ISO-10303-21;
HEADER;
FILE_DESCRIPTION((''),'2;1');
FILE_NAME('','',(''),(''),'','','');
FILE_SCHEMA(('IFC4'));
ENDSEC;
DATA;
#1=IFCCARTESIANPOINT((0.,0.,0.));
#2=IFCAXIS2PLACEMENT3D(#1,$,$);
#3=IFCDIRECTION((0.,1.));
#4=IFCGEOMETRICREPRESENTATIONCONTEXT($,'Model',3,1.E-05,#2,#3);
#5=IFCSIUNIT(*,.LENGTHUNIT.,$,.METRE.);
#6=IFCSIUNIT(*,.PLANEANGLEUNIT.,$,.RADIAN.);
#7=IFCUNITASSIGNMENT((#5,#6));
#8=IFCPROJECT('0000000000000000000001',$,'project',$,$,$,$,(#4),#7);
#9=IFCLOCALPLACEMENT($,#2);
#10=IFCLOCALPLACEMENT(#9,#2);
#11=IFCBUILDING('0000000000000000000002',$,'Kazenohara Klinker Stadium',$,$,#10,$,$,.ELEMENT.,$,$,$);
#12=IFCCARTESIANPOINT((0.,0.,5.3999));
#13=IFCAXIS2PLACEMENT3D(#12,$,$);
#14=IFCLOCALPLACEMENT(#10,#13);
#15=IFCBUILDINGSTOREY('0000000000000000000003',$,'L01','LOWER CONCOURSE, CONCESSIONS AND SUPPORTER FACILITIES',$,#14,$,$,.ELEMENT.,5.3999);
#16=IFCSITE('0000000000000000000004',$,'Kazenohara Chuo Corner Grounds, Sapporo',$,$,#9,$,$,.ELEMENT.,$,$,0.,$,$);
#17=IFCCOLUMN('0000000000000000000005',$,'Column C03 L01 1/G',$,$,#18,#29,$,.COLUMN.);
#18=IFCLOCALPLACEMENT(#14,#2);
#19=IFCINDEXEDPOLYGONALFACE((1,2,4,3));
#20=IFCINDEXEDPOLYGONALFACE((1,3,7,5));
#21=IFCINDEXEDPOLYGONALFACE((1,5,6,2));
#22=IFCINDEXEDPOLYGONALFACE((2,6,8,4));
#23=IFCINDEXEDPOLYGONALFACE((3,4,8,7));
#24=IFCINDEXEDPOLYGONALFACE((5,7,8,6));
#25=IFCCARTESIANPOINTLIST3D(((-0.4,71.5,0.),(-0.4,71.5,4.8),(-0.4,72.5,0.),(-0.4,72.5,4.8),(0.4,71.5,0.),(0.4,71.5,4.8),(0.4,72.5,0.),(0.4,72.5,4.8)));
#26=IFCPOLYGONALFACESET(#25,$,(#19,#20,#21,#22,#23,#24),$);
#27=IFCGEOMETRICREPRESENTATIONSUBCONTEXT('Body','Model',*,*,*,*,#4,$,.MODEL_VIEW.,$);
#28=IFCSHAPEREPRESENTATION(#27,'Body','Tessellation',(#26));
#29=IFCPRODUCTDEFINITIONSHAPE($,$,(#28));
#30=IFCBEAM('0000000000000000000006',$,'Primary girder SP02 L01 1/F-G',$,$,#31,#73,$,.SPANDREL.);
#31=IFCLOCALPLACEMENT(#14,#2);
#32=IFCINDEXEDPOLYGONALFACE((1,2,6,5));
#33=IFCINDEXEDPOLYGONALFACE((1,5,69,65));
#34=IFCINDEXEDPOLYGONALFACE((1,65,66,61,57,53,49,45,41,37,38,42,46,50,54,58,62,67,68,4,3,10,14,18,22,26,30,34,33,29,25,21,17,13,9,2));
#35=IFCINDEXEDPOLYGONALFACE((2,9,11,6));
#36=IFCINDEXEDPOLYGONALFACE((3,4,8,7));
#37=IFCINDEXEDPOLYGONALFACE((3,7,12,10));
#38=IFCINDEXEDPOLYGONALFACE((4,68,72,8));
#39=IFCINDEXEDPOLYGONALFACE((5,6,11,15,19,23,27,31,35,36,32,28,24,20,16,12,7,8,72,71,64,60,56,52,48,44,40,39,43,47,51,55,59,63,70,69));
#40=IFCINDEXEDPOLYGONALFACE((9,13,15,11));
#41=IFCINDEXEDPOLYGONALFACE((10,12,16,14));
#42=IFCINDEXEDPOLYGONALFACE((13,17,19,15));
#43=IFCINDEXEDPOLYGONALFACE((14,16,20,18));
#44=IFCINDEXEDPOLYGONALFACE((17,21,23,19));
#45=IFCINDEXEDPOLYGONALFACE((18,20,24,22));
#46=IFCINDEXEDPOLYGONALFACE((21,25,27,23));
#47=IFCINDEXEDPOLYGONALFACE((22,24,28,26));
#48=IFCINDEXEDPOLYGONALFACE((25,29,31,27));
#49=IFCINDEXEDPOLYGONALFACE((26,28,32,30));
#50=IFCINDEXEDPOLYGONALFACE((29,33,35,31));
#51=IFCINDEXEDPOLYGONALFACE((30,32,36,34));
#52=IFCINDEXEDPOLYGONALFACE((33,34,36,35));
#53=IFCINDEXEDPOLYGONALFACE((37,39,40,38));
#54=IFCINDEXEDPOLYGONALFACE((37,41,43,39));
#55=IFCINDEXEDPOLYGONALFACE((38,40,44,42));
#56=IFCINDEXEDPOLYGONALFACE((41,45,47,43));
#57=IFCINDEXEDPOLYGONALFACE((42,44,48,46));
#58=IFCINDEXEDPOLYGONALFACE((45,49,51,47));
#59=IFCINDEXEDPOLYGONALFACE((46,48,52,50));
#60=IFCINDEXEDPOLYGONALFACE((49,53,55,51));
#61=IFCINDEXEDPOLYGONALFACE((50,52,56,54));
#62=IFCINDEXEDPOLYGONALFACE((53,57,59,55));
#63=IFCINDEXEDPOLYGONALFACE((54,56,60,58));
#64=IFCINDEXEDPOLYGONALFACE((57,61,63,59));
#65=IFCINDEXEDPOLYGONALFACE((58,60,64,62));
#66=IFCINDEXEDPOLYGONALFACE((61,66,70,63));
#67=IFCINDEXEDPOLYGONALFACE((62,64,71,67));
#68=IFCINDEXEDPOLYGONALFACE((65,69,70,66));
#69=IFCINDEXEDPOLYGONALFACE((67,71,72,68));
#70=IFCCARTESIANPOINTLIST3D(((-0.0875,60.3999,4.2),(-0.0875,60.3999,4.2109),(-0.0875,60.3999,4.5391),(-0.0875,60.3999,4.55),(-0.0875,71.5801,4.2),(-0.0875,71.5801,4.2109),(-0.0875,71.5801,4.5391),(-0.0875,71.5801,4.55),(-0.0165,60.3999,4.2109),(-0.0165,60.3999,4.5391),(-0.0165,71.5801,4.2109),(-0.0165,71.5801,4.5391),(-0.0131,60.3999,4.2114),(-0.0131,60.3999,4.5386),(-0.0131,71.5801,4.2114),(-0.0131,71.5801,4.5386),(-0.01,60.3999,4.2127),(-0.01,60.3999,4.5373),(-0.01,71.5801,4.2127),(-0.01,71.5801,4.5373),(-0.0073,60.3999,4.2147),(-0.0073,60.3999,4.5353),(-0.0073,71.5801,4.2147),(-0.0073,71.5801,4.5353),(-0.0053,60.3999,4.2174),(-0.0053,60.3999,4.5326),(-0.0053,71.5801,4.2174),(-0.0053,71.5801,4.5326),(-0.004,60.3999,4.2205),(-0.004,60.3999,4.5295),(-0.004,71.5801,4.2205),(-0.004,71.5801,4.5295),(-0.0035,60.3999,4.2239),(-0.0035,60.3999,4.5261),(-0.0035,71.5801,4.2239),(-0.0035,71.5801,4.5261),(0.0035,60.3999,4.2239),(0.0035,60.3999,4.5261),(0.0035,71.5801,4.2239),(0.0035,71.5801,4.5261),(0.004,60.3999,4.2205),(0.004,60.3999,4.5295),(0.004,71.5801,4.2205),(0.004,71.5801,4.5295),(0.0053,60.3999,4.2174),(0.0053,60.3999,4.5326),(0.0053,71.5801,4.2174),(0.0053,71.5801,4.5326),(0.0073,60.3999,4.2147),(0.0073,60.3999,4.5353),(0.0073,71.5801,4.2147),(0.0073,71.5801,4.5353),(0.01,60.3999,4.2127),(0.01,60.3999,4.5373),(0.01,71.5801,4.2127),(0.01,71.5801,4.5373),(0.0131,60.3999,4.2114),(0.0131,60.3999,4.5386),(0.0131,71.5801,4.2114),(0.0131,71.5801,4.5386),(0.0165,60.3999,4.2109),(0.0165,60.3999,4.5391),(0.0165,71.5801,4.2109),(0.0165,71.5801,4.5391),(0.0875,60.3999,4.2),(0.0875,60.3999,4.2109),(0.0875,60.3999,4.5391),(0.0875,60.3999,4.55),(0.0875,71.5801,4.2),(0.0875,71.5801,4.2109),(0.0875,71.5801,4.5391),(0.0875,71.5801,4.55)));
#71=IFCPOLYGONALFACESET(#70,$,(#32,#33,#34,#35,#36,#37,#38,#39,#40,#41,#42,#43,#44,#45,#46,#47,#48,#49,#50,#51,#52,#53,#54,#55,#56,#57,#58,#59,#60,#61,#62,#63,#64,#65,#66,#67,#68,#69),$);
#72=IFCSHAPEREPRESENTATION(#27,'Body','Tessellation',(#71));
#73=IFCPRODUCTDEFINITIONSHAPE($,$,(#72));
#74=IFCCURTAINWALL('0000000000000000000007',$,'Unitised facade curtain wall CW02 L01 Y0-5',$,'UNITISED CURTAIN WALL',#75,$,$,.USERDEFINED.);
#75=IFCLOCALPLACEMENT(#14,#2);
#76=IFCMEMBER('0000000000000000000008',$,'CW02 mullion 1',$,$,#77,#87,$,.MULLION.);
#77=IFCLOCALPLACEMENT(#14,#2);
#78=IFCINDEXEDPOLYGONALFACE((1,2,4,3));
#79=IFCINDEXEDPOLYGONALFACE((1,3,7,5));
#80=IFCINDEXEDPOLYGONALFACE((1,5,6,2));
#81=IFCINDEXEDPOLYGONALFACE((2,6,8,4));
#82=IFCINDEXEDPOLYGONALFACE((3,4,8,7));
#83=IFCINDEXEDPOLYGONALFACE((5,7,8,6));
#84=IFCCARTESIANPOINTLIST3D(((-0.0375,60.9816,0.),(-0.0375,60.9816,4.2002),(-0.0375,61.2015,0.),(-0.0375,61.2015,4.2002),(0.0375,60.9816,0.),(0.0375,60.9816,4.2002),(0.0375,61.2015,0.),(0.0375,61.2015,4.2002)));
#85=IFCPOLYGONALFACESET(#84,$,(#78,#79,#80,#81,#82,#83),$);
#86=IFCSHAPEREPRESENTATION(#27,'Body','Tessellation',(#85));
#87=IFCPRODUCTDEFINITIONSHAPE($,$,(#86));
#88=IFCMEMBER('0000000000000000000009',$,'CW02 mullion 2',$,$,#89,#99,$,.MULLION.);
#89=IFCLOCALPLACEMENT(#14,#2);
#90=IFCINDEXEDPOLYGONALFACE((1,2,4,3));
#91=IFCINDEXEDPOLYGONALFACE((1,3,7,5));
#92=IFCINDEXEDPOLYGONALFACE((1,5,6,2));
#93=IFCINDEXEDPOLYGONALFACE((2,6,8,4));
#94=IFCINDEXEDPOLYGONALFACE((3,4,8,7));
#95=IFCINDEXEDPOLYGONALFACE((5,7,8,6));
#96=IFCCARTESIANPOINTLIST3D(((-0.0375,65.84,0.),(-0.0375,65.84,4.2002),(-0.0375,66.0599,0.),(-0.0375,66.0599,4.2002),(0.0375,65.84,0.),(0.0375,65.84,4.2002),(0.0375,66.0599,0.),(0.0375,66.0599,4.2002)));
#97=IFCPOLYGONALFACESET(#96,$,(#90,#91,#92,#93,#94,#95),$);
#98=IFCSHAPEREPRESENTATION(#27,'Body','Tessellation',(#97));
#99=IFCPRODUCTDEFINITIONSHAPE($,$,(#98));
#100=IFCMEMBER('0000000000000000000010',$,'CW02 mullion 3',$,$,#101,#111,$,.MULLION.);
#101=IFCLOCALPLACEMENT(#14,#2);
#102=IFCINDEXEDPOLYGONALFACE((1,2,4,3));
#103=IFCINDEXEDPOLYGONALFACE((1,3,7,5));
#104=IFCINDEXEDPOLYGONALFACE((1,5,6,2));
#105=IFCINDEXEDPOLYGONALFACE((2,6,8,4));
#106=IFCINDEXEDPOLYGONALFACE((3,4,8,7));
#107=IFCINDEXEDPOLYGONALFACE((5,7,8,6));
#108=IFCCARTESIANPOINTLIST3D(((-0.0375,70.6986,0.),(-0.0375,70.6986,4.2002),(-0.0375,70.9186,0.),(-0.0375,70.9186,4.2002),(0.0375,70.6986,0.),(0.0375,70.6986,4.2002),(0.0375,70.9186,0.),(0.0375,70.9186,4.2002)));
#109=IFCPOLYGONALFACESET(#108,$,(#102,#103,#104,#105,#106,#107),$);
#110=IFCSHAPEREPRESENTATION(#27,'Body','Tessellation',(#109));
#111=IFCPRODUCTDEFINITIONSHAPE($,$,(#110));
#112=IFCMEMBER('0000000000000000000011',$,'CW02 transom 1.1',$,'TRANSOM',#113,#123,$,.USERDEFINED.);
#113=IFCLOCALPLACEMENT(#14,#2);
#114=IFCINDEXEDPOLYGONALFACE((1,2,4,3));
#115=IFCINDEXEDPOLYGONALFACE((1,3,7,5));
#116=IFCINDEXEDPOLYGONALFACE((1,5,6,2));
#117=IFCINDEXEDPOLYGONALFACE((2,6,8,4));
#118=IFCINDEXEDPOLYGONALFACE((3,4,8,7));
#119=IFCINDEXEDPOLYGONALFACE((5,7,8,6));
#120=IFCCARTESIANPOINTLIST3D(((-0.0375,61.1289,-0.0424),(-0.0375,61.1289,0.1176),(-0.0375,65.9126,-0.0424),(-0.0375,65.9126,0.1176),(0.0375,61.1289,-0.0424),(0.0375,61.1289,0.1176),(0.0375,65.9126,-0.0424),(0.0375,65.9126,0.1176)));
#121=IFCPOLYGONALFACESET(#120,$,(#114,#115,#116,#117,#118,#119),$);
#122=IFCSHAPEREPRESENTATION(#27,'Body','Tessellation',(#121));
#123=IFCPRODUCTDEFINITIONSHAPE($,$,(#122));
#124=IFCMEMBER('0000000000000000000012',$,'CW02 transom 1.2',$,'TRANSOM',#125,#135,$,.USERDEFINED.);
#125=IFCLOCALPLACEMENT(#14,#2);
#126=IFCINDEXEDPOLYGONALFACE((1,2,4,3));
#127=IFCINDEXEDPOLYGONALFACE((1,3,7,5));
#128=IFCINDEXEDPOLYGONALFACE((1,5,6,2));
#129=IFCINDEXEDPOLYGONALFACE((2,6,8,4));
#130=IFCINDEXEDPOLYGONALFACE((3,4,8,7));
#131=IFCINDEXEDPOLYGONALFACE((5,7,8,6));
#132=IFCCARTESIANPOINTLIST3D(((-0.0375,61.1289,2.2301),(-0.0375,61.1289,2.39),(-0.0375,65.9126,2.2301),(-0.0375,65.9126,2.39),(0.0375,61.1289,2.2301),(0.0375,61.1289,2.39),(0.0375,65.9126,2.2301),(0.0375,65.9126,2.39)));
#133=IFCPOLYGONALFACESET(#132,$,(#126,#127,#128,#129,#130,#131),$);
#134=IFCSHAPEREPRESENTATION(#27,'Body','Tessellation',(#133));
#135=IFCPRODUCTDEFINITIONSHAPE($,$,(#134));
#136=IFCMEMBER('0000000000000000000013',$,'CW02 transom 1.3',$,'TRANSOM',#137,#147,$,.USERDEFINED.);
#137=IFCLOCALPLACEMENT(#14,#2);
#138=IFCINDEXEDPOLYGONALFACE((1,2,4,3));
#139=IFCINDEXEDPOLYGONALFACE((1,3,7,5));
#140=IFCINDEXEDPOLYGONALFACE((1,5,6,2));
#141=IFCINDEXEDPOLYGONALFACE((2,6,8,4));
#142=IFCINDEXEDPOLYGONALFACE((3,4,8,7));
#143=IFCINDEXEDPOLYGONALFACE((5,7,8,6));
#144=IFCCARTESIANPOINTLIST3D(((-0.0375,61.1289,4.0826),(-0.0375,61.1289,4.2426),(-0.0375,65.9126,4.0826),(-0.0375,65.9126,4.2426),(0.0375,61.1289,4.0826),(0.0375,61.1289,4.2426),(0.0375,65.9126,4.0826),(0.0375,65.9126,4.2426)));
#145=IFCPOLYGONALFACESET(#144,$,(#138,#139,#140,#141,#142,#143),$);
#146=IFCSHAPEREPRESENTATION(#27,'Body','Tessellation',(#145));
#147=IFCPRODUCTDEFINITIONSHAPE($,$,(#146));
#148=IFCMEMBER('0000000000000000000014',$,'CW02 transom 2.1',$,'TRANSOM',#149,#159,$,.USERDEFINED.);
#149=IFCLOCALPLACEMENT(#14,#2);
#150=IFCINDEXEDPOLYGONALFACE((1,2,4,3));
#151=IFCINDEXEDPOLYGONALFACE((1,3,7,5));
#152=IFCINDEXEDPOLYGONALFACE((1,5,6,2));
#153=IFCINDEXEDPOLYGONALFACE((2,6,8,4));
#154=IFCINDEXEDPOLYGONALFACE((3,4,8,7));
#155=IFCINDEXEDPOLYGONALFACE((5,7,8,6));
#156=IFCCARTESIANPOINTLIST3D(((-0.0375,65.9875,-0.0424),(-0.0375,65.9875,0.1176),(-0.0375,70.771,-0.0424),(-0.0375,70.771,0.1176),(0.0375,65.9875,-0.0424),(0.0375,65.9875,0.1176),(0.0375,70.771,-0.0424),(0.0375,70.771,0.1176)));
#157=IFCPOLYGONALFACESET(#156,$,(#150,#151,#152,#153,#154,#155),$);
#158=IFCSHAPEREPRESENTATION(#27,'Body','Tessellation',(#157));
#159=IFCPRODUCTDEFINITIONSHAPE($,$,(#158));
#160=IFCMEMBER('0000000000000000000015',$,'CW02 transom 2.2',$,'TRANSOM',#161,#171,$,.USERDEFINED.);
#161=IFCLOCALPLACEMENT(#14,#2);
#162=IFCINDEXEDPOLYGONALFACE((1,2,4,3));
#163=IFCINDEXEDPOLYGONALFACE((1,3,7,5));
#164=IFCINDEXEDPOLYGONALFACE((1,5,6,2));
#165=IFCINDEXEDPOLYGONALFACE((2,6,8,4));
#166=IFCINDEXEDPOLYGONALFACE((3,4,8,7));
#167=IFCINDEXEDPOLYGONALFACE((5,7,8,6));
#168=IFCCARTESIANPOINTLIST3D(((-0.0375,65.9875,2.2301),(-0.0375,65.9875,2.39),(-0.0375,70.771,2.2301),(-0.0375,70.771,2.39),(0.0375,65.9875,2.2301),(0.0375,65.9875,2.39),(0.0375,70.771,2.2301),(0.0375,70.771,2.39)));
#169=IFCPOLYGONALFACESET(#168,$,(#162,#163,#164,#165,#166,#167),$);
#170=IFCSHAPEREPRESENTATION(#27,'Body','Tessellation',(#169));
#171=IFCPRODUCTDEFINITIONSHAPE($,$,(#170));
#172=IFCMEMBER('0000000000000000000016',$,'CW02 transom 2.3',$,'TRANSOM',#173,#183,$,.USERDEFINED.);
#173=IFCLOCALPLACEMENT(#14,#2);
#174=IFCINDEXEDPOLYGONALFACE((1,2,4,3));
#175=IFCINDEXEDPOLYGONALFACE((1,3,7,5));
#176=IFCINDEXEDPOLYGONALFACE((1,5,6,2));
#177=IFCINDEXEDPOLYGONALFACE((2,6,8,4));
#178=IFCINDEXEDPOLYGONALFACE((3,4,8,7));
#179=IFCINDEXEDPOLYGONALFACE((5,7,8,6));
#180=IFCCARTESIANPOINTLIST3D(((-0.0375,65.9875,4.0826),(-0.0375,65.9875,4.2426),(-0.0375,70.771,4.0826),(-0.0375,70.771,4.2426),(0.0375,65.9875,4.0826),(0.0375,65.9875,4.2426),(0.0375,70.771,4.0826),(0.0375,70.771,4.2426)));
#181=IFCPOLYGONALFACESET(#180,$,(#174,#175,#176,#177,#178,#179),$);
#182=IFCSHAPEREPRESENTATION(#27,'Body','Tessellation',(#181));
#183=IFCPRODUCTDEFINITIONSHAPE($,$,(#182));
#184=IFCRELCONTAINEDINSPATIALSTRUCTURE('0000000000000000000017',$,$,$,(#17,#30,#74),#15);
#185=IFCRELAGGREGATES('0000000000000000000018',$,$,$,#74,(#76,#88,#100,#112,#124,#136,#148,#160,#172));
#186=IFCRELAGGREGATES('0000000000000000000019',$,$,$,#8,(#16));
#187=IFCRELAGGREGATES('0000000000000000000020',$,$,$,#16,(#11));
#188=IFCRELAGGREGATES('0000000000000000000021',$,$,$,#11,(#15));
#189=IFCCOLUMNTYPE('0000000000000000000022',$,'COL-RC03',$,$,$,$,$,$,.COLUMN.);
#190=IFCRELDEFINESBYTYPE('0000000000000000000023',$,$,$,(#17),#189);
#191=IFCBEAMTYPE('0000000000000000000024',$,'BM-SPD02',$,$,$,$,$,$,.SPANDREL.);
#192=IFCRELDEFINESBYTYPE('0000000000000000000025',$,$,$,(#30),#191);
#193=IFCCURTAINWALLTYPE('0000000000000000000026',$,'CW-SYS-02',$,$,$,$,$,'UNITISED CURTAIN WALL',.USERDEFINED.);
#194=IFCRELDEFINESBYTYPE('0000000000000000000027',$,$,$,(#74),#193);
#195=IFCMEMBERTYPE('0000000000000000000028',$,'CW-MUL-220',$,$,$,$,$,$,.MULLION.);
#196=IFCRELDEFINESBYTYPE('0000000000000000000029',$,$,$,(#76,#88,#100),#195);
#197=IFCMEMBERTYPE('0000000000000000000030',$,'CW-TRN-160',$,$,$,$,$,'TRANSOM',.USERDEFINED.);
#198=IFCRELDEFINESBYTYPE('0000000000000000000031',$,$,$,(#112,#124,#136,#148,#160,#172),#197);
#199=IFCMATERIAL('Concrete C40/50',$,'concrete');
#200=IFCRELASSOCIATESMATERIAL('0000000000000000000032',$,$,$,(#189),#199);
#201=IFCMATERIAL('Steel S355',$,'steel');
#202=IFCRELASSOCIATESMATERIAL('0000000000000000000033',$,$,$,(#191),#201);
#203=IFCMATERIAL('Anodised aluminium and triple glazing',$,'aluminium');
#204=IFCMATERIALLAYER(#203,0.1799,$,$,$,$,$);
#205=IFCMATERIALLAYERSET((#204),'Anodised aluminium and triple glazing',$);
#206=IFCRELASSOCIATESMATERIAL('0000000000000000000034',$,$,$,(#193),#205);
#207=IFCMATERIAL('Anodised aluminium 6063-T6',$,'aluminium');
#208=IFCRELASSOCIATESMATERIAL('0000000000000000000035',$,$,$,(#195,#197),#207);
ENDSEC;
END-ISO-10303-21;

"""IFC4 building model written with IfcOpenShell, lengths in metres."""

from ifc_helpers import new_model, si_unit, direction, frame, origin, origin_2d, place, context, subcontext, project, spatial, rectangle, i_section, extrude, material, layer, layer_set, material_profile, profile_set, type_object, element, aggregate, save


model = new_model("IFC4")

# Units and contexts
model_context = context("Model", 3, precision=1e-05, world=origin(), true_north=direction((0.0, 1.0)))
body_context = subcontext(model_context, "Body", "Model", "MODEL_VIEW")
ifc_project = project(units=[si_unit("LENGTHUNIT", "METRE"), si_unit("PLANEANGLEUNIT", "RADIAN")], contexts=[model_context])

# Site, building, storey
site_placement = place(None, origin())
site = spatial("IfcSite", under=ifc_project, at=site_placement, Name="Kazenohara Chuo Corner Grounds, Sapporo", CompositionType="ELEMENT", RefElevation=0.0)
building_placement = place(site_placement, origin())
building = spatial("IfcBuilding", under=site, at=building_placement, Name="Kazenohara Klinker Stadium", CompositionType="ELEMENT")
storey_placement = place(building_placement, frame((0.0, 0.0, 5.3999)))
storey = spatial("IfcBuildingStorey", under=building, at=storey_placement, Name="L01", Description="LOWER CONCOURSE, CONCESSIONS AND SUPPORTER FACILITIES", CompositionType="ELEMENT", Elevation=5.3999)

# Column
ifc_material_1 = material(Name="Concrete C40/50", Category="concrete")
ifc_material_profile_1 = material_profile(ifc_material_1, rectangle(XDim=0.8, YDim=1.0, at=origin_2d()), Name="RC-COL-1000x800")
ifc_profile_set_1 = profile_set([ifc_material_profile_1], Name="Concrete C40/50")
column_type = type_object("IfcColumnType", Name="COL-RC03", PredefinedType="COLUMN", material=ifc_profile_set_1)
column_placement = place(storey_placement, frame((0.0, 72.0, 0.0), z_axis=(0.0, 0.0, 1.0), x_axis=(1.0, 0.0, 0.0)))
element("IfcColumn", 1, at=column_placement, inside=storey, type_object=column_type, Name="Column C03 L01 1/G", PredefinedType="COLUMN", context=body_context, shape_type="SweptSolid", body=[
    extrude(rectangle(XDim=0.8, YDim=1.0, at=origin_2d()), origin(), (0.0, 0.0, 1.0), 4.8),
])

# Beam
ifc_material_2 = material(Name="Steel S355", Category="steel")
ifc_material_profile_2 = material_profile(ifc_material_2, i_section(OverallWidth=0.175, OverallDepth=0.3501, WebThickness=0.0071, FlangeThickness=0.011, FilletRadius=0.0129, at=origin_2d()), Name="H-350x175x7x11")
ifc_profile_set_2 = profile_set([ifc_material_profile_2], Name="Steel S355")
beam_type = type_object("IfcBeamType", Name="BM-SPD02", PredefinedType="SPANDREL", material=ifc_profile_set_2)
beam_placement = place(storey_placement, frame((0.0, 60.3999, 4.375), z_axis=(0.0, 1.0, 0.0), x_axis=(-1.0, 0.0, 0.0)))
element("IfcBeam", 2, at=beam_placement, inside=storey, type_object=beam_type, Name="Primary girder SP02 L01 1/F-G", PredefinedType="SPANDREL", context=body_context, shape_type="SweptSolid", body=[
    extrude(i_section(OverallWidth=0.175, OverallDepth=0.3501, WebThickness=0.0071, FlangeThickness=0.011, FilletRadius=0.0129, at=origin_2d()), origin(), (0.0, 0.0, 1.0), 11.1802),
])

# Curtain wall, members
ifc_material_3 = material(Name="Anodised aluminium and triple glazing", Category="aluminium")
ifc_layer_1 = layer(ifc_material_3, 0.1799)
ifc_layer_set_1 = layer_set([ifc_layer_1], Name="Anodised aluminium and triple glazing")
curtain_wall_type = type_object("IfcCurtainWallType", Name="CW-SYS-02", ElementType="UNITISED CURTAIN WALL", PredefinedType="USERDEFINED", material=ifc_layer_set_1)
curtain_wall_placement = place(storey_placement, origin())
curtain_wall = element("IfcCurtainWall", 3, at=curtain_wall_placement, inside=storey, type_object=curtain_wall_type, Name="Unitised facade curtain wall CW02 L01 Y0-5", ObjectType="UNITISED CURTAIN WALL", PredefinedType="USERDEFINED")
ifc_material_4 = material(Name="Anodised aluminium 6063-T6", Category="aluminium")
ifc_material_profile_3 = material_profile(ifc_material_4, rectangle(XDim=0.075, YDim=0.22, at=origin_2d()), Name="ALU-MUL-75x220")
ifc_profile_set_3 = profile_set([ifc_material_profile_3], Name="Anodised aluminium 6063-T6")
member_type_1 = type_object("IfcMemberType", Name="CW-MUL-220", PredefinedType="MULLION", material=ifc_profile_set_3)
member_1_placement = place(storey_placement, frame((0.0, 61.0916, 0.0), z_axis=(0.0, 0.0, 1.0), x_axis=(-1.0, 0.0, 0.0)))
member_1 = element("IfcMember", 4, at=member_1_placement, type_object=member_type_1, Name="CW02 mullion 1", PredefinedType="MULLION", context=body_context, shape_type="SweptSolid", body=[
    extrude(rectangle(XDim=0.075, YDim=0.22, at=origin_2d()), origin(), (0.0, 0.0, 1.0), 4.2002),
])
member_2_placement = place(storey_placement, frame((0.0, 65.95, 0.0), z_axis=(0.0, 0.0, 1.0), x_axis=(-1.0, 0.0, 0.0)))
member_2 = element("IfcMember", 5, at=member_2_placement, type_object=member_type_1, Name="CW02 mullion 2", PredefinedType="MULLION", context=body_context, shape_type="SweptSolid", body=[
    extrude(rectangle(XDim=0.075, YDim=0.22, at=origin_2d()), origin(), (0.0, 0.0, 1.0), 4.2002),
])
member_3_placement = place(storey_placement, frame((0.0, 70.8086, 0.0), z_axis=(0.0, 0.0, 1.0), x_axis=(-1.0, 0.0, 0.0)))
member_3 = element("IfcMember", 6, at=member_3_placement, type_object=member_type_1, Name="CW02 mullion 3", PredefinedType="MULLION", context=body_context, shape_type="SweptSolid", body=[
    extrude(rectangle(XDim=0.075, YDim=0.22, at=origin_2d()), origin(), (0.0, 0.0, 1.0), 4.2002),
])
ifc_material_profile_4 = material_profile(ifc_material_4, rectangle(XDim=0.075, YDim=0.1599, at=origin_2d()), Name="ALU-TRN-75x160")
ifc_profile_set_4 = profile_set([ifc_material_profile_4], Name="Anodised aluminium 6063-T6")
member_type_2 = type_object("IfcMemberType", Name="CW-TRN-160", ElementType="TRANSOM", PredefinedType="USERDEFINED", material=ifc_profile_set_4)
member_4_placement = place(storey_placement, frame((0.0, 61.1289, 0.0376), z_axis=(0.0, 1.0, 0.0), x_axis=(-1.0, 0.0, 0.0)))
member_4 = element("IfcMember", 7, at=member_4_placement, type_object=member_type_2, Name="CW02 transom 1.1", ObjectType="TRANSOM", PredefinedType="USERDEFINED", context=body_context, shape_type="SweptSolid", body=[
    extrude(rectangle(XDim=0.075, YDim=0.1599, at=origin_2d()), origin(), (0.0, 0.0, 1.0), 4.7837),
])
member_5_placement = place(storey_placement, frame((0.0, 61.1289, 2.3101), z_axis=(0.0, 1.0, 0.0), x_axis=(-1.0, 0.0, 0.0)))
member_5 = element("IfcMember", 8, at=member_5_placement, type_object=member_type_2, Name="CW02 transom 1.2", ObjectType="TRANSOM", PredefinedType="USERDEFINED", context=body_context, shape_type="SweptSolid", body=[
    extrude(rectangle(XDim=0.075, YDim=0.1599, at=origin_2d()), origin(), (0.0, 0.0, 1.0), 4.7837),
])
member_6_placement = place(storey_placement, frame((0.0, 61.1289, 4.1626), z_axis=(0.0, 1.0, 0.0), x_axis=(-1.0, 0.0, 0.0)))
member_6 = element("IfcMember", 9, at=member_6_placement, type_object=member_type_2, Name="CW02 transom 1.3", ObjectType="TRANSOM", PredefinedType="USERDEFINED", context=body_context, shape_type="SweptSolid", body=[
    extrude(rectangle(XDim=0.075, YDim=0.1599, at=origin_2d()), origin(), (0.0, 0.0, 1.0), 4.7837),
])
member_7_placement = place(storey_placement, frame((0.0, 65.9875, 0.0376), z_axis=(0.0, 1.0, 0.0), x_axis=(-1.0, 0.0, 0.0)))
member_7 = element("IfcMember", 10, at=member_7_placement, type_object=member_type_2, Name="CW02 transom 2.1", ObjectType="TRANSOM", PredefinedType="USERDEFINED", context=body_context, shape_type="SweptSolid", body=[
    extrude(rectangle(XDim=0.075, YDim=0.1599, at=origin_2d()), origin(), (0.0, 0.0, 1.0), 4.7834),
])
member_8_placement = place(storey_placement, frame((0.0, 65.9875, 2.3101), z_axis=(0.0, 1.0, 0.0), x_axis=(-1.0, 0.0, 0.0)))
member_8 = element("IfcMember", 11, at=member_8_placement, type_object=member_type_2, Name="CW02 transom 2.2", ObjectType="TRANSOM", PredefinedType="USERDEFINED", context=body_context, shape_type="SweptSolid", body=[
    extrude(rectangle(XDim=0.075, YDim=0.1599, at=origin_2d()), origin(), (0.0, 0.0, 1.0), 4.7834),
])
member_9_placement = place(storey_placement, frame((0.0, 65.9875, 4.1626), z_axis=(0.0, 1.0, 0.0), x_axis=(-1.0, 0.0, 0.0)))
member_9 = element("IfcMember", 12, at=member_9_placement, type_object=member_type_2, Name="CW02 transom 2.3", ObjectType="TRANSOM", PredefinedType="USERDEFINED", context=body_context, shape_type="SweptSolid", body=[
    extrude(rectangle(XDim=0.075, YDim=0.1599, at=origin_2d()), origin(), (0.0, 0.0, 1.0), 4.7834),
])
aggregate(curtain_wall, [member_1, member_2, member_3, member_4, member_5, member_6, member_7, member_8, member_9])

save(model, "model.ifc")
